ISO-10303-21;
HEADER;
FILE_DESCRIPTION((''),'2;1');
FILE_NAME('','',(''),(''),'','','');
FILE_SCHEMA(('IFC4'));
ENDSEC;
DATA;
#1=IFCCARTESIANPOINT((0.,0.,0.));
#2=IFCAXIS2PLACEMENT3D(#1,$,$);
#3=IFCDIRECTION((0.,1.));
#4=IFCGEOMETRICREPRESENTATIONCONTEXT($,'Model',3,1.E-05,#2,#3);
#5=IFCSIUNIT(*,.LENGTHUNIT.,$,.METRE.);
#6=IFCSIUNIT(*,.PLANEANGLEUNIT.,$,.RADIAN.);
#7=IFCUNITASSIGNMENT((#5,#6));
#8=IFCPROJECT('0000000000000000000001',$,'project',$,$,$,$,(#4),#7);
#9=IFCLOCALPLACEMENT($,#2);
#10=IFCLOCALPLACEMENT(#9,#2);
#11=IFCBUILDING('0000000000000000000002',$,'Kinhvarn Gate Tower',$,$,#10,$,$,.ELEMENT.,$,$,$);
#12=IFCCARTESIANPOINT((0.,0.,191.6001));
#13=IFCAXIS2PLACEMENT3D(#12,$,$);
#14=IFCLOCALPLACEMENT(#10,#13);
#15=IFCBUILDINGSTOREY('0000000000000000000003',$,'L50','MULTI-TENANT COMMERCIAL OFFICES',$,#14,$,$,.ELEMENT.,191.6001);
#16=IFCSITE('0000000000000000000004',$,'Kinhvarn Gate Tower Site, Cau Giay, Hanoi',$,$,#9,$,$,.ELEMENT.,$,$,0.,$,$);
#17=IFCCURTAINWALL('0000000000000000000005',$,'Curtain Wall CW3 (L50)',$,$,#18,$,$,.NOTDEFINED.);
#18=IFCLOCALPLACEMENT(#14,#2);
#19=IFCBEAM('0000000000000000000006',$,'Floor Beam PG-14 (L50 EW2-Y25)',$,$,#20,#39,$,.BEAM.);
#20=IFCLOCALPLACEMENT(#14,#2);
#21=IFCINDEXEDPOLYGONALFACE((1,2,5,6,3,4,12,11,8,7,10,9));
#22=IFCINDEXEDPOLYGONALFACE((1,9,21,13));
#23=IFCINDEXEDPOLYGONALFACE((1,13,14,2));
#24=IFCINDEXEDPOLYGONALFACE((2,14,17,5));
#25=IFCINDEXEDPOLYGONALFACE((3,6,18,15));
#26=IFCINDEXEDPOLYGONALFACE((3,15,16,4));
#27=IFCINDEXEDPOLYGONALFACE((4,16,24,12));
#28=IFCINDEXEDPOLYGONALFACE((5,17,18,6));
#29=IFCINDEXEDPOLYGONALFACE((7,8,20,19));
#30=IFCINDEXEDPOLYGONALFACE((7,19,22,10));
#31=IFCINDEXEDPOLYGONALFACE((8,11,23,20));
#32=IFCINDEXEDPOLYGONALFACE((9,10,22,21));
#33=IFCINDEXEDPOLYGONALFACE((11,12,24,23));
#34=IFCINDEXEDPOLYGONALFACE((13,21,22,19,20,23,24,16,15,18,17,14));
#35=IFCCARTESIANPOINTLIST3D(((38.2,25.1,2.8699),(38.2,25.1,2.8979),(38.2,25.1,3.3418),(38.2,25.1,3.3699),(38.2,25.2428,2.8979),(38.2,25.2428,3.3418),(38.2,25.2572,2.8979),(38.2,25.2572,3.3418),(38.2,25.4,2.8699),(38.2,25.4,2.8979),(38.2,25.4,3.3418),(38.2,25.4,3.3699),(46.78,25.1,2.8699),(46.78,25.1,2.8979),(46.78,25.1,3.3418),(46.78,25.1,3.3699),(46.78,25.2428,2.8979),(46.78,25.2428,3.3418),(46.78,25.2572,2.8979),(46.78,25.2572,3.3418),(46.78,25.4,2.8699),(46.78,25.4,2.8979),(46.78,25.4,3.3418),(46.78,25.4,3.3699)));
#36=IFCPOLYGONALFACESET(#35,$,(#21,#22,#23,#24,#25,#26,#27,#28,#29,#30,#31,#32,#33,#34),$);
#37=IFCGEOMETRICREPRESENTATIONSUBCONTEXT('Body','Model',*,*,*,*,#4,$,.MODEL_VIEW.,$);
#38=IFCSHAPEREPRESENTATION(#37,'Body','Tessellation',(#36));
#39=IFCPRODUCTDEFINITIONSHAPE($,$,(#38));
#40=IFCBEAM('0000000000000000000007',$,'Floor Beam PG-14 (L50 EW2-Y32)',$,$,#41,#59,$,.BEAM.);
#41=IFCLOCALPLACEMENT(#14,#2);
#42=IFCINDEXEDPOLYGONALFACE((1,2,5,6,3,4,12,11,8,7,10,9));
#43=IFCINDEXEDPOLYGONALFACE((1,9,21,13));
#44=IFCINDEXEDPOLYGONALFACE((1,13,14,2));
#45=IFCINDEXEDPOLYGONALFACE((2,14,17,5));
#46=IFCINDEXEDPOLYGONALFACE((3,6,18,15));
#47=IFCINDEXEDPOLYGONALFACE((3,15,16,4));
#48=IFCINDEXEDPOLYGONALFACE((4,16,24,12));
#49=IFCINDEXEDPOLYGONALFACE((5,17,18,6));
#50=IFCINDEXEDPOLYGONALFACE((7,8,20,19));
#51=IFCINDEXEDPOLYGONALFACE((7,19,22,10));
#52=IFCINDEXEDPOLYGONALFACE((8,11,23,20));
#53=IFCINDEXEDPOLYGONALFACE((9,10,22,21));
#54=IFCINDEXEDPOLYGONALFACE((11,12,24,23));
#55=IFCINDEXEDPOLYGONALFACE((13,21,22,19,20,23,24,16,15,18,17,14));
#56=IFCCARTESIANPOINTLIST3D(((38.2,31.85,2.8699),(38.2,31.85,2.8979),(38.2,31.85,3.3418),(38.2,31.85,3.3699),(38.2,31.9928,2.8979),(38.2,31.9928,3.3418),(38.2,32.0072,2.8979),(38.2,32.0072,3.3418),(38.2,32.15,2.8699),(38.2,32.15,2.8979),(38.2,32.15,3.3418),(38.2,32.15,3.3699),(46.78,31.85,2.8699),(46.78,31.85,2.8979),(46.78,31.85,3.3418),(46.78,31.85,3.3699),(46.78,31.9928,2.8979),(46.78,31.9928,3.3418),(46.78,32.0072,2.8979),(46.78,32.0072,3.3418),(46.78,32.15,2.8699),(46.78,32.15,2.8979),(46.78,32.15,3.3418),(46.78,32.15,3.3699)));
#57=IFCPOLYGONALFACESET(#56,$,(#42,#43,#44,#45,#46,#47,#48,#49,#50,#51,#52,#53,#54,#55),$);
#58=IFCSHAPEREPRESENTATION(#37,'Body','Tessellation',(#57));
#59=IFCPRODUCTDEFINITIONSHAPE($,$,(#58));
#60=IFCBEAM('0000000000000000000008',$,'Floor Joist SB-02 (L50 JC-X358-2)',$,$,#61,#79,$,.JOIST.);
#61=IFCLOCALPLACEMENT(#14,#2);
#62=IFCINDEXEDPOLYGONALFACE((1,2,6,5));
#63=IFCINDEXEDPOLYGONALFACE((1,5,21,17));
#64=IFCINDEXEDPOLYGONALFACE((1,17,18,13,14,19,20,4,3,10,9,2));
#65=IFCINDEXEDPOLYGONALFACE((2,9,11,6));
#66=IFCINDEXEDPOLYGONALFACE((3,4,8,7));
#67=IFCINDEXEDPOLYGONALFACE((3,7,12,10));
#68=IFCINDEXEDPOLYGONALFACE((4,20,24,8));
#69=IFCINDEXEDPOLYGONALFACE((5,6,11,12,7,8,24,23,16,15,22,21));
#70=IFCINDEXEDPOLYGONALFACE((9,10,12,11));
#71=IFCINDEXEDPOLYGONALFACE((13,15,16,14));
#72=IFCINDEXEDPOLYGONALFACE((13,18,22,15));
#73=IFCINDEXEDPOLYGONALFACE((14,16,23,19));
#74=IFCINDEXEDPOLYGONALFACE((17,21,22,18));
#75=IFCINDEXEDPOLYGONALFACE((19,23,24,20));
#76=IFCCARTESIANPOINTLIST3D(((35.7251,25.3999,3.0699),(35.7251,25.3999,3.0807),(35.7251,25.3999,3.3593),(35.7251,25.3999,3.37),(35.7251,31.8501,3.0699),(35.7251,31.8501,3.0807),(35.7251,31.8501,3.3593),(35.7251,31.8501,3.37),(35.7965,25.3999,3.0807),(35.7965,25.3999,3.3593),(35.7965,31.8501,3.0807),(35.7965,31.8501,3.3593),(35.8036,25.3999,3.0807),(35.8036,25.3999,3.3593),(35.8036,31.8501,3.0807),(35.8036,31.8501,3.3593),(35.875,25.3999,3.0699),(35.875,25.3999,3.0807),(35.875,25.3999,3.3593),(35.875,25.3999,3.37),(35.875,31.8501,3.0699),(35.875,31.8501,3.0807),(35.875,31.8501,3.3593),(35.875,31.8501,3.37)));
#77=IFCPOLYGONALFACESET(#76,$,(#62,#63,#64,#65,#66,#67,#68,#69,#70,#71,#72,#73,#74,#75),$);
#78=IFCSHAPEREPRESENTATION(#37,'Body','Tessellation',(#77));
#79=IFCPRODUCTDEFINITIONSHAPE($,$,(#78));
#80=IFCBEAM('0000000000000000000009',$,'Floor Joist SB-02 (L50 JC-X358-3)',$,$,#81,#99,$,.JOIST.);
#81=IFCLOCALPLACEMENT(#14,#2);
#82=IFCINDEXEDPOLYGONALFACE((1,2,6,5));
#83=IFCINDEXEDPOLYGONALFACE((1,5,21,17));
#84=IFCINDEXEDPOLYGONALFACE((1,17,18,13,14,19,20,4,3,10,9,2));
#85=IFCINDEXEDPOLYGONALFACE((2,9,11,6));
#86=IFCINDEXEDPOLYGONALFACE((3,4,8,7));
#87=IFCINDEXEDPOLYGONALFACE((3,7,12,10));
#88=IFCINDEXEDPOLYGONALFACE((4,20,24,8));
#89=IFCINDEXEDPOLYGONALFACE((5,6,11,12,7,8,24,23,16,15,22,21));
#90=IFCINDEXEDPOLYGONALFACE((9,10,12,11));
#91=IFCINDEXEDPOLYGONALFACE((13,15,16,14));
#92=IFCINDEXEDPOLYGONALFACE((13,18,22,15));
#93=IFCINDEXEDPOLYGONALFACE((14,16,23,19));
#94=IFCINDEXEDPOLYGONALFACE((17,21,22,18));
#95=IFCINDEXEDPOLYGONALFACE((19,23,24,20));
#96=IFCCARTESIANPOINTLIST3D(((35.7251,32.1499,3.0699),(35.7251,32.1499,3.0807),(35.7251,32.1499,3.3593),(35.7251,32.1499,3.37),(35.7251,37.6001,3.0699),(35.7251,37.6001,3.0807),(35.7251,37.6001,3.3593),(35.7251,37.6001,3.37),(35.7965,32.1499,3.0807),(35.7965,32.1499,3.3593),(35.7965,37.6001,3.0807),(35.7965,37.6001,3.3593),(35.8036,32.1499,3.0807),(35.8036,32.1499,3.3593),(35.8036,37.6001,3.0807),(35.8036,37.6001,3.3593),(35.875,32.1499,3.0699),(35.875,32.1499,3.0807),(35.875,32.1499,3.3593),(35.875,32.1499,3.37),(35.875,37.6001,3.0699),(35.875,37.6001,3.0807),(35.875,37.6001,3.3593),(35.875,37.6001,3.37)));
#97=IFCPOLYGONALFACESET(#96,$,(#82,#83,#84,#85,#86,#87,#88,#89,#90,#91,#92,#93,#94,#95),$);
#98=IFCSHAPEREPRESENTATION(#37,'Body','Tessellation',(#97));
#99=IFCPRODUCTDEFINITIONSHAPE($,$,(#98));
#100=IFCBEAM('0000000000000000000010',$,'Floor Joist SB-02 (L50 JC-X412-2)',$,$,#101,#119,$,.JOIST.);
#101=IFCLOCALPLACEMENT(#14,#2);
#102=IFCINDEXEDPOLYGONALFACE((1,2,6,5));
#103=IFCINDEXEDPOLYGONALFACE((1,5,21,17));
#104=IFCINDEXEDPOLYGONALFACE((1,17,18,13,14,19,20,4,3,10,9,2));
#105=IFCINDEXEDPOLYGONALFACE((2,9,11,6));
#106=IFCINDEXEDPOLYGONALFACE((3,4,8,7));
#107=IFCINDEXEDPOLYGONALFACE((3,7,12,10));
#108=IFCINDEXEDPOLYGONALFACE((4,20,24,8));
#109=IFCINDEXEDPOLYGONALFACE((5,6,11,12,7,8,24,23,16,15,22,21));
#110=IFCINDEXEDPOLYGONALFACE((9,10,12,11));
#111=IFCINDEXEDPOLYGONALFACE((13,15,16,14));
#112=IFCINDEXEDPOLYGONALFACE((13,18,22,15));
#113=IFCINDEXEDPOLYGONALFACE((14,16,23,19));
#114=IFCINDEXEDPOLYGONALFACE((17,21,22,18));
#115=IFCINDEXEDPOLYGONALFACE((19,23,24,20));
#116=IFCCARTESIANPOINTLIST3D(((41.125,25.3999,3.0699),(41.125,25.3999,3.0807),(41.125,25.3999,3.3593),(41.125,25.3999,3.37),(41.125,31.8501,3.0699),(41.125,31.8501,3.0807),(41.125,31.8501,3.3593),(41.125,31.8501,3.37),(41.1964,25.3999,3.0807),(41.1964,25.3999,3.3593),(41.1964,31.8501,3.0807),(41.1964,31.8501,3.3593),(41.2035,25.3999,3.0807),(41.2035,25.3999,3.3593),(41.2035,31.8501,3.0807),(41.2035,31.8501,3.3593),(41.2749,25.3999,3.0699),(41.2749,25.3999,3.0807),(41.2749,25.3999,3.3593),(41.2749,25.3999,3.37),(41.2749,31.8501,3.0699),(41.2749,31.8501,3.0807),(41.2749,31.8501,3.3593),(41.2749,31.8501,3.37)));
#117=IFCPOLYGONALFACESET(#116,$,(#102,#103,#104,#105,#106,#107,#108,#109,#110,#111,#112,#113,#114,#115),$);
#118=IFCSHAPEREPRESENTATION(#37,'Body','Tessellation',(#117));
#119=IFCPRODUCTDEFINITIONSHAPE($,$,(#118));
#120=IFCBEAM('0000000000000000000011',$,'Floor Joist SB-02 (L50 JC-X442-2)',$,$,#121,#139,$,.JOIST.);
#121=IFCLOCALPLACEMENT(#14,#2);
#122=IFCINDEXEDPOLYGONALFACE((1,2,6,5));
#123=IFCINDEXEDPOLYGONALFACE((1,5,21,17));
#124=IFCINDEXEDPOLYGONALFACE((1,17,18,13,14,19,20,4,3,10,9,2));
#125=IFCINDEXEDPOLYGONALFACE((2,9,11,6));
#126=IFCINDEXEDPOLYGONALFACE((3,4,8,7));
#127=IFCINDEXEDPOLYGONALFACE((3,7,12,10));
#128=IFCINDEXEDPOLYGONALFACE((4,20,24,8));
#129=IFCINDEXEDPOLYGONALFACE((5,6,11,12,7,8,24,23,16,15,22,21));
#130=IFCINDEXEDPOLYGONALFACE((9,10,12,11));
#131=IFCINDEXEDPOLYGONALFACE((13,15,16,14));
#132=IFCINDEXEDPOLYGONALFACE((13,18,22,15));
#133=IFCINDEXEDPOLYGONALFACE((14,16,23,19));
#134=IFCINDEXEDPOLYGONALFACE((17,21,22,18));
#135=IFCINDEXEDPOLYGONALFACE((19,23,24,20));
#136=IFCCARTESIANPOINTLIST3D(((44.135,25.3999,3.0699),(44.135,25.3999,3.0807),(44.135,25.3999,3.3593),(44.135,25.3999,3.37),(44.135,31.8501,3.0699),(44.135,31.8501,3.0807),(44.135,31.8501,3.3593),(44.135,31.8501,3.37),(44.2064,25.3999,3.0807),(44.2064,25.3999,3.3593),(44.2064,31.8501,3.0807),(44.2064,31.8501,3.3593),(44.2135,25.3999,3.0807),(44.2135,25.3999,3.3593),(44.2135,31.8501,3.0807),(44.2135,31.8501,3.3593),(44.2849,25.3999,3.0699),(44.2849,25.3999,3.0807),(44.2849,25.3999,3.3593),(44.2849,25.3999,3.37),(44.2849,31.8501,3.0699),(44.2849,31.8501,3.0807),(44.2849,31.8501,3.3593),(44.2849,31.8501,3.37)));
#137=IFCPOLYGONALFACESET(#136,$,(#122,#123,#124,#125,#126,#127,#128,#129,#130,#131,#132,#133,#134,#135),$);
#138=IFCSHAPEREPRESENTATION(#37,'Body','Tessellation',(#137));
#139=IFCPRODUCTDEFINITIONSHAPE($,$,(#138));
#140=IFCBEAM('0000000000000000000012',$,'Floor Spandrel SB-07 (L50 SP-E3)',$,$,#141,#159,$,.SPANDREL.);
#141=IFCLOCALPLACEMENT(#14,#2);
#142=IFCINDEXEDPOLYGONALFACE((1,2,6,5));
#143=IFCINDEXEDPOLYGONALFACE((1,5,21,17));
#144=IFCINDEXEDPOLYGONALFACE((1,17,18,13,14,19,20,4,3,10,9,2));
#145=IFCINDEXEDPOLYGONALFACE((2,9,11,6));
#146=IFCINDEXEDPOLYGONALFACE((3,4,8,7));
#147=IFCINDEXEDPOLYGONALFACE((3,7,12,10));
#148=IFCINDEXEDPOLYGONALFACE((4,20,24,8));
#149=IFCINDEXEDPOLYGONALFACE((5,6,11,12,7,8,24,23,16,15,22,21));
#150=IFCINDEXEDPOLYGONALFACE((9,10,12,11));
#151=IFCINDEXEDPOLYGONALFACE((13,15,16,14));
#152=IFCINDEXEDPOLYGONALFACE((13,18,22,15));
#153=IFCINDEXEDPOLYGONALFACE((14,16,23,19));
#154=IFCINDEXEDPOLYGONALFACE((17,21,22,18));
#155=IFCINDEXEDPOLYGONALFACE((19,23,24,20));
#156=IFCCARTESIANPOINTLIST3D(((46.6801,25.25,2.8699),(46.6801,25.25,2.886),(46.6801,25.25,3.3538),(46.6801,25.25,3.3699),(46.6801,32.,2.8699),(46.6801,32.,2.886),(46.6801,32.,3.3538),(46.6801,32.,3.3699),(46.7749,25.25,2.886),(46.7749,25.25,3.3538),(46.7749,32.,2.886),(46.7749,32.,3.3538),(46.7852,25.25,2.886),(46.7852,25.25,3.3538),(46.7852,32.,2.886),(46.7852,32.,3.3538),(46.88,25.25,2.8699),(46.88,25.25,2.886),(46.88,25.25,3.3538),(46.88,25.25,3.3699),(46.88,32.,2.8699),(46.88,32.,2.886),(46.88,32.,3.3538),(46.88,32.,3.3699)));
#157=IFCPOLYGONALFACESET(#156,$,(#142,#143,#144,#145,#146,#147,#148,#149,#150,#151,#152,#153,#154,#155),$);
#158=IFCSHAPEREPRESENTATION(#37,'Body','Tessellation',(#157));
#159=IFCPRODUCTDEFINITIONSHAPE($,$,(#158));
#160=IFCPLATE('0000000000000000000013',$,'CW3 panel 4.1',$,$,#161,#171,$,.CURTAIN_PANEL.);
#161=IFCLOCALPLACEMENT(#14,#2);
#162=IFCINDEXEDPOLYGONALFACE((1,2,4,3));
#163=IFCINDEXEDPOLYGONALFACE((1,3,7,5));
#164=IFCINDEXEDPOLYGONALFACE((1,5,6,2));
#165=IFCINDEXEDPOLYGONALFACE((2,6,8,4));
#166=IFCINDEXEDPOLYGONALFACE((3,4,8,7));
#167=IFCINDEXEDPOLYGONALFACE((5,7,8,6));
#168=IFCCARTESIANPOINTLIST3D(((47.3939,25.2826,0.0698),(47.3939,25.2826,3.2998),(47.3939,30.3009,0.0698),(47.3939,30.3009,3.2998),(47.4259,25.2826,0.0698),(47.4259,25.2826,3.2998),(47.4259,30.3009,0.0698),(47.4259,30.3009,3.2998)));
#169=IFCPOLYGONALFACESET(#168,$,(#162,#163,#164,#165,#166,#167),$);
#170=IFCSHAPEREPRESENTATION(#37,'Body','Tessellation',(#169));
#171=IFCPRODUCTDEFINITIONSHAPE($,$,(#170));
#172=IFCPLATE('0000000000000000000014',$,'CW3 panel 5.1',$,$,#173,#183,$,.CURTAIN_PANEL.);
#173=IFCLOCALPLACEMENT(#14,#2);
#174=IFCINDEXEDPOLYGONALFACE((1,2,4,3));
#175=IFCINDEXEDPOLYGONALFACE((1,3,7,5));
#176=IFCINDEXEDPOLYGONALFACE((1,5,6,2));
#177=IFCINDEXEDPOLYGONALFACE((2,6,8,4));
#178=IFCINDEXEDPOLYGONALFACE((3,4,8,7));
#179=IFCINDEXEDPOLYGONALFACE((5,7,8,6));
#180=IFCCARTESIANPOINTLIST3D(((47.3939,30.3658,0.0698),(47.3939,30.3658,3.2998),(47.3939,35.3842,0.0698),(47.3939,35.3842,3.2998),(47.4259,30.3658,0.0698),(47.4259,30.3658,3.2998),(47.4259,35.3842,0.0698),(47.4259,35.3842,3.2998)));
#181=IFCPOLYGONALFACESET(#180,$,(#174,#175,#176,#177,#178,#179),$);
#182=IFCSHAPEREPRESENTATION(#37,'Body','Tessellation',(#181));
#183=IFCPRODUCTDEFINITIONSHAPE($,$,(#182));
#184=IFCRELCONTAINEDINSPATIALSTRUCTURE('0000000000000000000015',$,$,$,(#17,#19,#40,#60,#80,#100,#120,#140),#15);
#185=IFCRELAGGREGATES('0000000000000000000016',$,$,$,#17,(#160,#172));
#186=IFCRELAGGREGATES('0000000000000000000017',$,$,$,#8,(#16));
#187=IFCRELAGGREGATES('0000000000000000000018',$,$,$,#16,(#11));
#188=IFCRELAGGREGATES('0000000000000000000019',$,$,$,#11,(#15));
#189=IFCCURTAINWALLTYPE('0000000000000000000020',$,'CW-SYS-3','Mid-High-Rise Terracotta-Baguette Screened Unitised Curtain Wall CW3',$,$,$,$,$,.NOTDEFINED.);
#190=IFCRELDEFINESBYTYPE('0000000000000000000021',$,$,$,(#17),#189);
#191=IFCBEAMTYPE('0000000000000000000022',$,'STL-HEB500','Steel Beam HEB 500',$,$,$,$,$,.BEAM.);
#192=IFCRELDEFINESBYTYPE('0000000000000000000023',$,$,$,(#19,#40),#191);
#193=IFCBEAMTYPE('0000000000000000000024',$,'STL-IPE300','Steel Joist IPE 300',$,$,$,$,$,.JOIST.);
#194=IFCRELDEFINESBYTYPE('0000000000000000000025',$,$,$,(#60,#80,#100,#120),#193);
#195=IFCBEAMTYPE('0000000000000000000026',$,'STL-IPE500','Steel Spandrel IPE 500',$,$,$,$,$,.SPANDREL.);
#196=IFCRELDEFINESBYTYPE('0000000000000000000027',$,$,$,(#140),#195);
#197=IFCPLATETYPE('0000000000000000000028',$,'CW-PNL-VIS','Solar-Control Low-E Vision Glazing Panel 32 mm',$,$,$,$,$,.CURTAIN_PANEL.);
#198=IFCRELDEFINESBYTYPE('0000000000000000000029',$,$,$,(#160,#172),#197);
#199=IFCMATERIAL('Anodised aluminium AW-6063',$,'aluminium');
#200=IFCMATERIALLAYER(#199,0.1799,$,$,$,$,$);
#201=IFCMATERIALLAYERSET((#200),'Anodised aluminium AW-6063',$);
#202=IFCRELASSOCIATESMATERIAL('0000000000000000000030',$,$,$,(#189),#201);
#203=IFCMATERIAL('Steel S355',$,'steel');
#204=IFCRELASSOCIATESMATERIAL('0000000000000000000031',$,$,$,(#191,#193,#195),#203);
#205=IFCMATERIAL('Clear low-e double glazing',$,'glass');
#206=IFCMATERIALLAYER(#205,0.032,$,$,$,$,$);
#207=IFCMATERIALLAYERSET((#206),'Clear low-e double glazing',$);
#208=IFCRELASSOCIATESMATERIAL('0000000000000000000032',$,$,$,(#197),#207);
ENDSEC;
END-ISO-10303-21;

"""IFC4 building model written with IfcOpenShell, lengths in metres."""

from ifc_helpers import new_model, si_unit, direction, frame, origin, origin_2d, place, context, subcontext, project, spatial, rectangle, i_section, extrude, material, layer, layer_set, material_profile, profile_set, type_object, element, aggregate, save


model = new_model("IFC4")

# Units and contexts
model_context = context("Model", 3, precision=1e-05, world=origin(), true_north=direction((0.0, 1.0)))
body_context = subcontext(model_context, "Body", "Model", "MODEL_VIEW")
ifc_project = project(units=[si_unit("LENGTHUNIT", "METRE"), si_unit("PLANEANGLEUNIT", "RADIAN")], contexts=[model_context])

# Site, building, storey
site_placement = place(None, origin())
site = spatial("IfcSite", under=ifc_project, at=site_placement, Name="Kinhvarn Gate Tower Site, Cau Giay, Hanoi", CompositionType="ELEMENT", RefElevation=0.0)
building_placement = place(site_placement, origin())
building = spatial("IfcBuilding", under=site, at=building_placement, Name="Kinhvarn Gate Tower", CompositionType="ELEMENT")
storey_placement = place(building_placement, frame((0.0, 0.0, 191.6001)))
storey = spatial("IfcBuildingStorey", under=building, at=storey_placement, Name="L50", Description="MULTI-TENANT COMMERCIAL OFFICES", CompositionType="ELEMENT", Elevation=191.6001)

# Curtain wall
ifc_material_1 = material(Name="Anodised aluminium AW-6063", Category="aluminium")
ifc_layer_1 = layer(ifc_material_1, 0.1799)
ifc_layer_set_1 = layer_set([ifc_layer_1], Name="Anodised aluminium AW-6063")
curtain_wall_type = type_object("IfcCurtainWallType", Name="CW-SYS-3", Description="Mid-High-Rise Terracotta-Baguette Screened Unitised Curtain Wall CW3", PredefinedType="NOTDEFINED", material=ifc_layer_set_1)
curtain_wall_placement = place(storey_placement, origin())
curtain_wall = element("IfcCurtainWall", 1, at=curtain_wall_placement, inside=storey, type_object=curtain_wall_type, Name="Curtain Wall CW3 (L50)", PredefinedType="NOTDEFINED")

# Beams
ifc_material_2 = material(Name="Steel S355", Category="steel")
ifc_material_profile_1 = material_profile(ifc_material_2, i_section(OverallWidth=0.3, OverallDepth=0.5, WebThickness=0.0144, FlangeThickness=0.0281, at=origin_2d()), Name="HEB 500")
ifc_profile_set_1 = profile_set([ifc_material_profile_1], Name="Steel S355")
beam_type_1 = type_object("IfcBeamType", Name="STL-HEB500", Description="Steel Beam HEB 500", PredefinedType="BEAM", material=ifc_profile_set_1)
for number, where, z_axis, x_axis, name in (
    (2, (38.2, 25.25, 3.1199), (1.0, 0.0, 0.0), (0.0, 1.0, 0.0), "Floor Beam PG-14 (L50 EW2-Y25)"),
    (3, (38.2, 32.0, 3.1199), (1.0, 0.0, 0.0), (0.0, 1.0, 0.0), "Floor Beam PG-14 (L50 EW2-Y32)"),
):
    element("IfcBeam", number, at=place(storey_placement, frame(where, z_axis=z_axis, x_axis=x_axis)), inside=storey, type_object=beam_type_1, Name=name, PredefinedType="BEAM", context=body_context, shape_type="SweptSolid", body=[
        extrude(i_section(OverallWidth=0.3, OverallDepth=0.5, WebThickness=0.0144, FlangeThickness=0.0281, at=origin_2d()), origin(), (0.0, 0.0, 1.0), 8.5801),
    ])
ifc_material_profile_2 = material_profile(ifc_material_2, i_section(OverallWidth=0.1499, OverallDepth=0.3, WebThickness=0.0071, FlangeThickness=0.0107, at=origin_2d()), Name="IPE 300")
ifc_profile_set_2 = profile_set([ifc_material_profile_2], Name="Steel S355")
beam_type_2 = type_object("IfcBeamType", Name="STL-IPE300", Description="Steel Joist IPE 300", PredefinedType="JOIST", material=ifc_profile_set_2)
beam_1_placement = place(storey_placement, frame((35.8, 25.3999, 3.22), z_axis=(0.0, 1.0, 0.0), x_axis=(-1.0, 0.0, 0.0)))
element("IfcBeam", 4, at=beam_1_placement, inside=storey, type_object=beam_type_2, Name="Floor Joist SB-02 (L50 JC-X358-2)", PredefinedType="JOIST", context=body_context, shape_type="SweptSolid", body=[
    extrude(i_section(OverallWidth=0.1499, OverallDepth=0.3, WebThickness=0.0071, FlangeThickness=0.0107, at=origin_2d()), origin(), (0.0, 0.0, 1.0), 6.4502),
])
beam_2_placement = place(storey_placement, frame((35.8, 32.1499, 3.22), z_axis=(0.0, 1.0, 0.0), x_axis=(-1.0, 0.0, 0.0)))
element("IfcBeam", 5, at=beam_2_placement, inside=storey, type_object=beam_type_2, Name="Floor Joist SB-02 (L50 JC-X358-3)", PredefinedType="JOIST", context=body_context, shape_type="SweptSolid", body=[
    extrude(i_section(OverallWidth=0.1499, OverallDepth=0.3, WebThickness=0.0071, FlangeThickness=0.0107, at=origin_2d()), origin(), (0.0, 0.0, 1.0), 5.4502),
])
for number, where, z_axis, x_axis, name in (
    (6, (41.2, 25.3999, 3.22), (0.0, 1.0, 0.0), (-1.0, 0.0, 0.0), "Floor Joist SB-02 (L50 JC-X412-2)"),
    (7, (44.21, 25.3999, 3.22), (0.0, 1.0, 0.0), (-1.0, 0.0, 0.0), "Floor Joist SB-02 (L50 JC-X442-2)"),
):
    element("IfcBeam", number, at=place(storey_placement, frame(where, z_axis=z_axis, x_axis=x_axis)), inside=storey, type_object=beam_type_2, Name=name, PredefinedType="JOIST", context=body_context, shape_type="SweptSolid", body=[
        extrude(i_section(OverallWidth=0.1499, OverallDepth=0.3, WebThickness=0.0071, FlangeThickness=0.0107, at=origin_2d()), origin(), (0.0, 0.0, 1.0), 6.4502),
    ])
ifc_material_profile_3 = material_profile(ifc_material_2, i_section(OverallWidth=0.2, OverallDepth=0.5, WebThickness=0.0103, FlangeThickness=0.0161, at=origin_2d()), Name="IPE 500")
ifc_profile_set_3 = profile_set([ifc_material_profile_3], Name="Steel S355")
beam_type_3 = type_object("IfcBeamType", Name="STL-IPE500", Description="Steel Spandrel IPE 500", PredefinedType="SPANDREL", material=ifc_profile_set_3)
beam_3_placement = place(storey_placement, frame((46.78, 25.25, 3.1199), z_axis=(0.0, 1.0, 0.0), x_axis=(-1.0, 0.0, 0.0)))
element("IfcBeam", 8, at=beam_3_placement, inside=storey, type_object=beam_type_3, Name="Floor Spandrel SB-07 (L50 SP-E3)", PredefinedType="SPANDREL", context=body_context, shape_type="SweptSolid", body=[
    extrude(i_section(OverallWidth=0.2, OverallDepth=0.5, WebThickness=0.0103, FlangeThickness=0.0161, at=origin_2d()), origin(), (0.0, 0.0, 1.0), 6.75),
])

# Plates
ifc_material_3 = material(Name="Clear low-e double glazing", Category="glass")
ifc_layer_2 = layer(ifc_material_3, 0.032)
ifc_layer_set_2 = layer_set([ifc_layer_2], Name="Clear low-e double glazing")
plate_type = type_object("IfcPlateType", Name="CW-PNL-VIS", Description="Solar-Control Low-E Vision Glazing Panel 32 mm", PredefinedType="CURTAIN_PANEL", material=ifc_layer_set_2)
plate_1_placement = place(storey_placement, frame((47.4099, 27.7917, 0.0698), z_axis=(0.0, 0.0, 1.0), x_axis=(0.0, 1.0, 0.0)))
plate_1 = element("IfcPlate", 9, at=plate_1_placement, type_object=plate_type, Name="CW3 panel 4.1", PredefinedType="CURTAIN_PANEL", context=body_context, shape_type="SweptSolid", body=[
    extrude(rectangle(XDim=5.0183, YDim=0.032, at=origin_2d()), origin(), (0.0, 0.0, 1.0), 3.23),
])
plate_2_placement = place(storey_placement, frame((47.4099, 32.875, 0.0698), z_axis=(0.0, 0.0, 1.0), x_axis=(0.0, 1.0, 0.0)))
plate_2 = element("IfcPlate", 10, at=plate_2_placement, type_object=plate_type, Name="CW3 panel 5.1", PredefinedType="CURTAIN_PANEL", context=body_context, shape_type="SweptSolid", body=[
    extrude(rectangle(XDim=5.0183, YDim=0.032, at=origin_2d()), origin(), (0.0, 0.0, 1.0), 3.23),
])
aggregate(curtain_wall, [plate_1, plate_2])

save(model, "model.ifc")
